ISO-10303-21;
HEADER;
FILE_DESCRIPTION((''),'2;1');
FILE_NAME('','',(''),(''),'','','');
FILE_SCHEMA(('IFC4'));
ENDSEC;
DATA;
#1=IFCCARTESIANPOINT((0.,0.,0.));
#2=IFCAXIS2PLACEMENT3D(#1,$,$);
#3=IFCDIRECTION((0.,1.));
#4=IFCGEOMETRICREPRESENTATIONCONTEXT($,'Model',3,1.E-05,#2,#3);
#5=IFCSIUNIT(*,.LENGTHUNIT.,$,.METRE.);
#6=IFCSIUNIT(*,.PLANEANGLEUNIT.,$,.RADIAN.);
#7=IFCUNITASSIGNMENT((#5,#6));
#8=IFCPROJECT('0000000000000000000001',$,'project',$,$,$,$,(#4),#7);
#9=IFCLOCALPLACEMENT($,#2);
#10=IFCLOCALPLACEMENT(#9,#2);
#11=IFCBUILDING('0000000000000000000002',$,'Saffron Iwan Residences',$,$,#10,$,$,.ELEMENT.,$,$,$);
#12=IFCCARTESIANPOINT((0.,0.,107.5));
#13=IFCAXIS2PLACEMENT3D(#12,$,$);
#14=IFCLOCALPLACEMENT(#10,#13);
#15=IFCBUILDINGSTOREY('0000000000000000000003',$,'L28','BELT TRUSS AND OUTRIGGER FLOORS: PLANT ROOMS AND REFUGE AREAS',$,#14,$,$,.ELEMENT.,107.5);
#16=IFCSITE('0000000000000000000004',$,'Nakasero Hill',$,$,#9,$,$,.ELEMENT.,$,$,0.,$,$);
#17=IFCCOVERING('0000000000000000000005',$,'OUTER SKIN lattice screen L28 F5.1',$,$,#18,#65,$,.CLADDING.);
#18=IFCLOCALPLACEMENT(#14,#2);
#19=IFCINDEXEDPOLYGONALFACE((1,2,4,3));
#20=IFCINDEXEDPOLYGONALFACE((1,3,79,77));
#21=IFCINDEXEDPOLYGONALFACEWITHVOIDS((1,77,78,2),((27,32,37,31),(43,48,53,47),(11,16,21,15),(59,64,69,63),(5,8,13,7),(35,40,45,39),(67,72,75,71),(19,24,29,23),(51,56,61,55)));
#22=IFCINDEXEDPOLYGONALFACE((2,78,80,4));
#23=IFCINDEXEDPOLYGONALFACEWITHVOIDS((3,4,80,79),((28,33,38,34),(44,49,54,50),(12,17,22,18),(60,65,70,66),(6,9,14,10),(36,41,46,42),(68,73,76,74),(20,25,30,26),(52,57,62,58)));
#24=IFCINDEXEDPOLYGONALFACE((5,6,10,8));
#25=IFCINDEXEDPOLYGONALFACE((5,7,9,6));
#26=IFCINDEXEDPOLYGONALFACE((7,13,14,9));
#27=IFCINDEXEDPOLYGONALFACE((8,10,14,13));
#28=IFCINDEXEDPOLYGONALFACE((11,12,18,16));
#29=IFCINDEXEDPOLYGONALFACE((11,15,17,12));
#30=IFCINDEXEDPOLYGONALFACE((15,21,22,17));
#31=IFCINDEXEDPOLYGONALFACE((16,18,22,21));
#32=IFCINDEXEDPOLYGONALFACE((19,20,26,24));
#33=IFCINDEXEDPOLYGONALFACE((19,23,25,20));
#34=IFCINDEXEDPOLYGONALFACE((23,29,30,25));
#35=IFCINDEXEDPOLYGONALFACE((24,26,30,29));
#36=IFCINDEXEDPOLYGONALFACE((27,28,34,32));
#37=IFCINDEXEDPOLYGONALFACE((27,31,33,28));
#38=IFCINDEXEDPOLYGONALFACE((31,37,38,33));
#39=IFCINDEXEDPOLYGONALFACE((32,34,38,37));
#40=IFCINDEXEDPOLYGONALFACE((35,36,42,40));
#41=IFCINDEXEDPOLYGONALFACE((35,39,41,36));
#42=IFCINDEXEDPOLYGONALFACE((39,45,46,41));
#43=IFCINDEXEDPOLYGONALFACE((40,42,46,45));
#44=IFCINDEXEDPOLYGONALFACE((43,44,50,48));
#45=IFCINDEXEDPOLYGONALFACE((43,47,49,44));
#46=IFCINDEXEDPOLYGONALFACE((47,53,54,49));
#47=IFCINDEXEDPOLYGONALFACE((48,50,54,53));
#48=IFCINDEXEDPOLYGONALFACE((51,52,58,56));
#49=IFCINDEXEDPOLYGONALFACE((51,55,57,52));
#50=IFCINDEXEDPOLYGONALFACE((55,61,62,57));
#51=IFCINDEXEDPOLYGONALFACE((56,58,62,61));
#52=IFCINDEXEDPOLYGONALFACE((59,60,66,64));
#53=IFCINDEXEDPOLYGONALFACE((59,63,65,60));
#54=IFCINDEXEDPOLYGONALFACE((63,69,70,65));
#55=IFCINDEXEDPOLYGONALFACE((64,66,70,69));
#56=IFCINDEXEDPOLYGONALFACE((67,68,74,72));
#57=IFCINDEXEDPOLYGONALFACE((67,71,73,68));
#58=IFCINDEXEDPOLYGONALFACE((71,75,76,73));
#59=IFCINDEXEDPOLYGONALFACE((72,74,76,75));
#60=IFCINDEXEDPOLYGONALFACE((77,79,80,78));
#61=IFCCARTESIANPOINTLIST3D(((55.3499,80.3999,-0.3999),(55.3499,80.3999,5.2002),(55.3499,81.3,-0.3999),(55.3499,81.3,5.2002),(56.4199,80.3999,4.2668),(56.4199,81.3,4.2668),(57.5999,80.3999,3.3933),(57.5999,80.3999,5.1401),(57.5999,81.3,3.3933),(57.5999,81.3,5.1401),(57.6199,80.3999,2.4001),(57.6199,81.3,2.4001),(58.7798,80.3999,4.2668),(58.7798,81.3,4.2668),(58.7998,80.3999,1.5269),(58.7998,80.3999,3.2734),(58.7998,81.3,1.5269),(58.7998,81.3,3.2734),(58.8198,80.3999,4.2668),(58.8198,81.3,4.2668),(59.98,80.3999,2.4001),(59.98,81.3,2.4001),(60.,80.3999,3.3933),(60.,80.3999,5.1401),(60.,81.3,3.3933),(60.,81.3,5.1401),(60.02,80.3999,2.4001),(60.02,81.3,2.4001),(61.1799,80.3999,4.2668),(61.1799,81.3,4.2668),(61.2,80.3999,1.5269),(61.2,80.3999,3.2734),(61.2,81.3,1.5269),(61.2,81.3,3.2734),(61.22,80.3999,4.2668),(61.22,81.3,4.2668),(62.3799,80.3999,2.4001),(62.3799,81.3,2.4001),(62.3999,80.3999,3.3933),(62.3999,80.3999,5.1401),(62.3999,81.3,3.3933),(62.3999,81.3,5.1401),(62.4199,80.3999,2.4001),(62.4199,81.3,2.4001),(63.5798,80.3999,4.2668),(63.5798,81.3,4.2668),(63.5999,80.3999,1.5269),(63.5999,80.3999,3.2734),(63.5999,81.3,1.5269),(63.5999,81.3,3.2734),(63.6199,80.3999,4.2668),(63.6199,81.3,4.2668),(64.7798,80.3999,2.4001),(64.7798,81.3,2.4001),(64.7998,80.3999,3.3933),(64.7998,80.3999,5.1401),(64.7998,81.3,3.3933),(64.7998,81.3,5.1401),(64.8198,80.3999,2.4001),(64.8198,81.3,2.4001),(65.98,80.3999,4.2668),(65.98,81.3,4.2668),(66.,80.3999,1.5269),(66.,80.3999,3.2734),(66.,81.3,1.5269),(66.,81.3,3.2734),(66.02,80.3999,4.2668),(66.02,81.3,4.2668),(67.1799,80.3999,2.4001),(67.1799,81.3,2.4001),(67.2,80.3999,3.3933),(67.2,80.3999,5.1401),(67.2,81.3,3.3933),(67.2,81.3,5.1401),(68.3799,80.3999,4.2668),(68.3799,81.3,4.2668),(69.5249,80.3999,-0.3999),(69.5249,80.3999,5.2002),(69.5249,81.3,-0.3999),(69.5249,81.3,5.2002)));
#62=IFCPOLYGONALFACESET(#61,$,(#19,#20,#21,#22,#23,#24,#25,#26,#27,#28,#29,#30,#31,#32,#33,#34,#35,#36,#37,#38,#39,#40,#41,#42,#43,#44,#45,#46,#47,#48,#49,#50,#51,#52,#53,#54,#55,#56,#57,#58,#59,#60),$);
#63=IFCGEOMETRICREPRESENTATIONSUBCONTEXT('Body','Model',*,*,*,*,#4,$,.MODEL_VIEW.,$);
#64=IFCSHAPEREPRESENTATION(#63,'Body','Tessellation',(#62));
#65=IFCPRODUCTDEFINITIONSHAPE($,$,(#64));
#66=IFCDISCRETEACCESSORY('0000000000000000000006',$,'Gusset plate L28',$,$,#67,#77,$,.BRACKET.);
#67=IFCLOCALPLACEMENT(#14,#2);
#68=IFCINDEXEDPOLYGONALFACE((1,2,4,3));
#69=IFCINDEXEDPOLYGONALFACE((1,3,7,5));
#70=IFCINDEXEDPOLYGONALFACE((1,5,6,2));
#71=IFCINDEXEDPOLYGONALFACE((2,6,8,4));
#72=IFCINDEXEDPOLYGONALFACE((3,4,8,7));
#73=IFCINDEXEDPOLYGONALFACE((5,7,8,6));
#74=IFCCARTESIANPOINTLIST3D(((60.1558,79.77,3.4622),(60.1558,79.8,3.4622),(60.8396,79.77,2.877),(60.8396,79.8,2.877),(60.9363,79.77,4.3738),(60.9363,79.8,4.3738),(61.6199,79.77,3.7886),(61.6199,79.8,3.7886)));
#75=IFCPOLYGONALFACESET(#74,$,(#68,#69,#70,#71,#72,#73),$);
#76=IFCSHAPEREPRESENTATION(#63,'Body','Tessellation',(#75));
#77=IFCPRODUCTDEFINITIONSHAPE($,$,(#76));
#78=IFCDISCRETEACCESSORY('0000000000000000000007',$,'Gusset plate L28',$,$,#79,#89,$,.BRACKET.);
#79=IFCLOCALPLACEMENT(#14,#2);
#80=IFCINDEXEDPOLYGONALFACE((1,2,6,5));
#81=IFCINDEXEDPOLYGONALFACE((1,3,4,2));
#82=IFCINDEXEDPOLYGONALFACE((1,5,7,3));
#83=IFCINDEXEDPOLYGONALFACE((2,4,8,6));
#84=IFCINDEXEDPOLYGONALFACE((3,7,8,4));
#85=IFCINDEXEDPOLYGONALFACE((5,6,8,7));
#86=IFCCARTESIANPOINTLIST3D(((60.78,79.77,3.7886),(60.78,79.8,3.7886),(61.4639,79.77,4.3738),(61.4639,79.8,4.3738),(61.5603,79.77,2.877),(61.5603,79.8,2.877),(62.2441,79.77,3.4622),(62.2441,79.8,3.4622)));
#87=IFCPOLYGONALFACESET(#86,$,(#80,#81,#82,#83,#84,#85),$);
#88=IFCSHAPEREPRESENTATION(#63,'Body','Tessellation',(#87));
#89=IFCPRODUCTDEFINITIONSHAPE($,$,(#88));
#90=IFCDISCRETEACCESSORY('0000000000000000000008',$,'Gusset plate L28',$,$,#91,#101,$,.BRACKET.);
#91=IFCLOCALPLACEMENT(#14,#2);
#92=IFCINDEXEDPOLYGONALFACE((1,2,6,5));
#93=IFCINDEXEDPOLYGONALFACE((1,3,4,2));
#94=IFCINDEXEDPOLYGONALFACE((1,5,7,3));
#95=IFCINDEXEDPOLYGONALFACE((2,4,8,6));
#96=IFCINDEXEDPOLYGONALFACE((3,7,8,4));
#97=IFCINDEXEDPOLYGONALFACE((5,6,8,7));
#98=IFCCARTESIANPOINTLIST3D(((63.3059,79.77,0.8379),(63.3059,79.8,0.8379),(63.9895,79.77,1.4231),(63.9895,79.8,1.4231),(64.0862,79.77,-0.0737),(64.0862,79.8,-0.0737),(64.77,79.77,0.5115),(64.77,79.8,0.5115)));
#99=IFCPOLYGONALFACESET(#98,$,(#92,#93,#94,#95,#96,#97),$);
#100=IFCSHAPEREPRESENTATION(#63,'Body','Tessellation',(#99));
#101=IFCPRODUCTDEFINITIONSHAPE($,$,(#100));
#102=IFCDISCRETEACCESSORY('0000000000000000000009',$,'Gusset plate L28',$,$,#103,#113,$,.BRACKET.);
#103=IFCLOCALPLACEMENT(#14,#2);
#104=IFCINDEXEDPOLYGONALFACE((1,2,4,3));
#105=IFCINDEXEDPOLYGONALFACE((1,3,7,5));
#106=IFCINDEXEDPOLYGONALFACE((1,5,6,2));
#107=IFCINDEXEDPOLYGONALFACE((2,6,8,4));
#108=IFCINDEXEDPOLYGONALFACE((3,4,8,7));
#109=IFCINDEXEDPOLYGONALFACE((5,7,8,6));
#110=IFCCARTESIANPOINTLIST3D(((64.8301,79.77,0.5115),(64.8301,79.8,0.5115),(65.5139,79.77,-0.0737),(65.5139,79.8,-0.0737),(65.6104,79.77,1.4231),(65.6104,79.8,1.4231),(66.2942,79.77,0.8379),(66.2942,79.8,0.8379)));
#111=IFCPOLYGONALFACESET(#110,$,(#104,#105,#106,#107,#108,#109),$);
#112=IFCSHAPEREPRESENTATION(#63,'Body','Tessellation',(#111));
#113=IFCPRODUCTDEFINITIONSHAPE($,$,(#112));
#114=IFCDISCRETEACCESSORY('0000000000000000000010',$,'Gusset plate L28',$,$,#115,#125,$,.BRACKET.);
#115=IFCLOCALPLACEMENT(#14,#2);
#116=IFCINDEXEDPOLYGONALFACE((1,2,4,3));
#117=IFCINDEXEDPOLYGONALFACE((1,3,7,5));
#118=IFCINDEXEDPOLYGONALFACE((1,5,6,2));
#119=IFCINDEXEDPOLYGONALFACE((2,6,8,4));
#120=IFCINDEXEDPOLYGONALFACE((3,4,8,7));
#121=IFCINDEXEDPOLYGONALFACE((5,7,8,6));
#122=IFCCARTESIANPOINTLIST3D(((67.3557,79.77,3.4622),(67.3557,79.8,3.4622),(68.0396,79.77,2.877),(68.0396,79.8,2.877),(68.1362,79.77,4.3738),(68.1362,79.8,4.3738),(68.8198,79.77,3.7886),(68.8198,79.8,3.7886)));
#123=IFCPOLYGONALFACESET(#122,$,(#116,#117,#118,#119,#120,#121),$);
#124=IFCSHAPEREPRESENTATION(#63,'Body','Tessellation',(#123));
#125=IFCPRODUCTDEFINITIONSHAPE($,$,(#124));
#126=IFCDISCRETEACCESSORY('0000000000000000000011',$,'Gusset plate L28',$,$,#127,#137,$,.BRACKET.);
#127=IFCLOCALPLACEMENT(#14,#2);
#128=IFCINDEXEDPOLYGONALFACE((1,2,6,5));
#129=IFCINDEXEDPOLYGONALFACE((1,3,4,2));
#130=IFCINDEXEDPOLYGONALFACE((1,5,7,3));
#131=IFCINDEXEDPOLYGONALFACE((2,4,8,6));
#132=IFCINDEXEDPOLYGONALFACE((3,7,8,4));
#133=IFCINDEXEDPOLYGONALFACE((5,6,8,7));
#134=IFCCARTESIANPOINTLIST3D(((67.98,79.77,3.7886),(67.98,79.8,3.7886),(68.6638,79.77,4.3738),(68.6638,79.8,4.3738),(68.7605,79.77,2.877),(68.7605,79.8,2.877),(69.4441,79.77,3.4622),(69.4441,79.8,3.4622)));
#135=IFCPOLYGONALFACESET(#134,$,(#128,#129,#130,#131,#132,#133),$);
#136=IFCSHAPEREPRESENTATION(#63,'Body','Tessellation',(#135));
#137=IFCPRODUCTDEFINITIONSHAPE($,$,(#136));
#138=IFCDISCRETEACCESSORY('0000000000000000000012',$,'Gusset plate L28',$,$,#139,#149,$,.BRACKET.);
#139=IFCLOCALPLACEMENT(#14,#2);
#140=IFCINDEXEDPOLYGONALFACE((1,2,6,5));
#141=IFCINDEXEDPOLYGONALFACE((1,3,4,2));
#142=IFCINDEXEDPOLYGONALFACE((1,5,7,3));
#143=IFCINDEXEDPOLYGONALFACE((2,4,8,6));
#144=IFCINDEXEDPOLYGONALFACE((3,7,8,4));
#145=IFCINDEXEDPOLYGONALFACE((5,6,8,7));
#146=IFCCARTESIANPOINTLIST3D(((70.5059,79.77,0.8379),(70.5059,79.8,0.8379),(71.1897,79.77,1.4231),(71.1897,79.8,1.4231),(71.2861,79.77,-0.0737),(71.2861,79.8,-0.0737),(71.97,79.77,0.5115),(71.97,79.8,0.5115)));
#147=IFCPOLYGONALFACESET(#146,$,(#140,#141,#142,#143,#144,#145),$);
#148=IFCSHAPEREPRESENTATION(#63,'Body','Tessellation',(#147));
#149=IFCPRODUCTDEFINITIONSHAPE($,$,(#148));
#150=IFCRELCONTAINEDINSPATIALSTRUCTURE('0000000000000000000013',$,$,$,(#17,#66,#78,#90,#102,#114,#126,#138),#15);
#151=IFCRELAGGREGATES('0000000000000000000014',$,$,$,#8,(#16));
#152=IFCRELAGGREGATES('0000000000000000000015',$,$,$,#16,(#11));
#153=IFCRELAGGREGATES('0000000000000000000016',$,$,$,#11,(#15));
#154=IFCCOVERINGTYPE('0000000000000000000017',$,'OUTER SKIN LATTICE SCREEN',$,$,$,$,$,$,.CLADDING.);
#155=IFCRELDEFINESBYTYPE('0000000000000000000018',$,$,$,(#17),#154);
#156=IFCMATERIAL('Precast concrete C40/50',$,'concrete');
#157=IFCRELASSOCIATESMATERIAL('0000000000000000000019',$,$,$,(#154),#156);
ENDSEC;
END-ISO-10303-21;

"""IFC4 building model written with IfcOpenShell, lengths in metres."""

from ifc_helpers import new_model, si_unit, direction, frame, origin, place, context, subcontext, project, spatial, polyline, outline, extrude, material, type_object, element, save


model = new_model("IFC4")

# Units and contexts
model_context = context("Model", 3, precision=1e-05, world=origin(), true_north=direction((0.0, 1.0)))
body_context = subcontext(model_context, "Body", "Model", "MODEL_VIEW")
ifc_project = project(units=[si_unit("LENGTHUNIT", "METRE"), si_unit("PLANEANGLEUNIT", "RADIAN")], contexts=[model_context])

# Site, building, storey
site_placement = place(None, origin())
site = spatial("IfcSite", under=ifc_project, at=site_placement, Name="Nakasero Hill", CompositionType="ELEMENT", RefElevation=0.0)
building_placement = place(site_placement, origin())
building = spatial("IfcBuilding", under=site, at=building_placement, Name="Saffron Iwan Residences", CompositionType="ELEMENT")
storey_placement = place(building_placement, frame((0.0, 0.0, 107.5)))
storey = spatial("IfcBuildingStorey", under=building, at=storey_placement, Name="L28", Description="BELT TRUSS AND OUTRIGGER FLOORS: PLANT ROOMS AND REFUGE AREAS", CompositionType="ELEMENT", Elevation=107.5)

# Covering
ifc_material_1 = material(Name="Precast concrete C40/50", Category="concrete")
covering_type = type_object("IfcCoveringType", Name="OUTER SKIN LATTICE SCREEN", PredefinedType="CLADDING", material=ifc_material_1)
covering_placement = place(storey_placement, frame((69.5249, 80.3999, -0.3999), z_axis=(0.0, 1.0, 0.0), x_axis=(-1.0, 0.0, 0.0)))
element("IfcCovering", 1, at=covering_placement, inside=storey, type_object=covering_type, Name="OUTER SKIN lattice screen L28 F5.1", PredefinedType="CLADDING", context=body_context, shape_type="SweptSolid", body=[
    extrude(outline(polyline([(0.0, 0.0), (14.175, 0.0), (14.175, 5.6001), (0.0, 5.6001), (0.0, 0.0)]), holes=[polyline([(2.345, 2.8), (3.5249, 1.9268), (4.7051, 2.8), (3.5249, 3.6733), (2.345, 2.8)]), polyline([(4.7451, 2.8), (5.925, 1.9268), (7.105, 2.8), (5.925, 3.6733), (4.7451, 2.8)]), polyline([(7.145, 2.8), (8.325, 1.9268), (9.5049, 2.8), (8.325, 3.6733), (7.145, 2.8)]), polyline([(9.5449, 2.8), (10.7251, 1.9268), (11.905, 2.8), (10.7251, 3.6733), (9.5449, 2.8)]), polyline([(1.145, 4.6667), (2.325, 3.7932), (3.5049, 4.6667), (2.325, 5.54), (1.145, 4.6667)]), polyline([(3.5449, 4.6667), (4.7251, 3.7932), (5.905, 4.6667), (4.7251, 5.54), (3.5449, 4.6667)]), polyline([(5.9451, 4.6667), (7.125, 3.7932), (8.3049, 4.6667), (7.125, 5.54), (5.9451, 4.6667)]), polyline([(8.345, 4.6667), (9.5249, 3.7932), (10.7051, 4.6667), (9.5249, 5.54), (8.345, 4.6667)]), polyline([(10.7451, 4.6667), (11.925, 3.7932), (13.105, 4.6667), (11.925, 5.54), (10.7451, 4.6667)])]), origin(), (0.0, 0.0, 1.0), 0.9001),
])

# Discrete accessories
discrete_accessory_1_placement = place(storey_placement, frame((61.6199, 79.8, 3.7886), z_axis=(0.0, 1.0, 0.0), x_axis=(-0.650255, 0.0, -0.759716)))
element("IfcDiscreteAccessory", 2, at=discrete_accessory_1_placement, inside=storey, Name="Gusset plate L28", PredefinedType="BRACKET", context=body_context, shape_type="SweptSolid", body=[
    extrude(outline(polyline([(0.0, 0.0), (1.1999, 0.0), (1.2, 0.9001), (-0.0001, 0.8999), (0.0, 0.0)])), origin(), (0.0, 0.0, -1.0), 0.03),
])
discrete_accessory_2_placement = place(storey_placement, frame((61.4639, 79.8, 4.3738), z_axis=(0.0, 1.0, 0.0), x_axis=(0.650255, 0.0, -0.759716)))
element("IfcDiscreteAccessory", 3, at=discrete_accessory_2_placement, inside=storey, Name="Gusset plate L28", PredefinedType="BRACKET", context=body_context, shape_type="SweptSolid", body=[
    extrude(outline(polyline([(0.0, 0.0), (1.1999, 0.0), (1.1999, 0.9001), (-0.0001, 0.9001), (0.0, 0.0)])), origin(), (0.0, 0.0, -1.0), 0.03),
])
discrete_accessory_3_placement = place(storey_placement, frame((64.0862, 79.8, -0.0737), z_axis=(0.0, 1.0, 0.0), x_axis=(-0.650255, 0.0, 0.759716)))
element("IfcDiscreteAccessory", 4, at=discrete_accessory_3_placement, inside=storey, Name="Gusset plate L28", PredefinedType="BRACKET", context=body_context, shape_type="SweptSolid", body=[
    extrude(outline(polyline([(0.0, 0.0), (1.1999, 0.0), (1.2, 0.8999), (-0.0001, 0.9001), (0.0, 0.0)])), origin(), (0.0, 0.0, -1.0), 0.03),
])
discrete_accessory_4_placement = place(storey_placement, frame((64.8301, 79.8, 0.5115), z_axis=(0.0, 1.0, 0.0), x_axis=(0.650255, 0.0, 0.759716)))
element("IfcDiscreteAccessory", 5, at=discrete_accessory_4_placement, inside=storey, Name="Gusset plate L28", PredefinedType="BRACKET", context=body_context, shape_type="SweptSolid", body=[
    extrude(outline(polyline([(0.0, 0.0), (1.1999, 0.0), (1.2, 0.9001), (0.0001, 0.9001), (0.0, 0.0)])), origin(), (0.0, 0.0, -1.0), 0.03),
])
discrete_accessory_5_placement = place(storey_placement, frame((68.8198, 79.8, 3.7886), z_axis=(0.0, 1.0, 0.0), x_axis=(-0.650255, 0.0, -0.759716)))
element("IfcDiscreteAccessory", 6, at=discrete_accessory_5_placement, inside=storey, Name="Gusset plate L28", PredefinedType="BRACKET", context=body_context, shape_type="SweptSolid", body=[
    extrude(outline(polyline([(0.0, 0.0), (1.1999, 0.0), (1.2, 0.9001), (-0.0001, 0.8999), (0.0, 0.0)])), origin(), (0.0, 0.0, -1.0), 0.03),
])
discrete_accessory_6_placement = place(storey_placement, frame((68.6638, 79.8, 4.3738), z_axis=(0.0, 1.0, 0.0), x_axis=(0.650255, 0.0, -0.759716)))
element("IfcDiscreteAccessory", 7, at=discrete_accessory_6_placement, inside=storey, Name="Gusset plate L28", PredefinedType="BRACKET", context=body_context, shape_type="SweptSolid", body=[
    extrude(outline(polyline([(0.0, 0.0), (1.1999, 0.0), (1.2, 0.8999), (-0.0001, 0.9001), (0.0, 0.0)])), origin(), (0.0, 0.0, -1.0), 0.03),
])
discrete_accessory_7_placement = place(storey_placement, frame((71.2861, 79.8, -0.0737), z_axis=(0.0, 1.0, 0.0), x_axis=(-0.650255, 0.0, 0.759716)))
element("IfcDiscreteAccessory", 8, at=discrete_accessory_7_placement, inside=storey, Name="Gusset plate L28", PredefinedType="BRACKET", context=body_context, shape_type="SweptSolid", body=[
    extrude(outline(polyline([(0.0, 0.0), (1.1999, 0.0), (1.1999, 0.9001), (-0.0001, 0.9001), (0.0, 0.0)])), origin(), (0.0, 0.0, -1.0), 0.03),
])

save(model, "model.ifc")
